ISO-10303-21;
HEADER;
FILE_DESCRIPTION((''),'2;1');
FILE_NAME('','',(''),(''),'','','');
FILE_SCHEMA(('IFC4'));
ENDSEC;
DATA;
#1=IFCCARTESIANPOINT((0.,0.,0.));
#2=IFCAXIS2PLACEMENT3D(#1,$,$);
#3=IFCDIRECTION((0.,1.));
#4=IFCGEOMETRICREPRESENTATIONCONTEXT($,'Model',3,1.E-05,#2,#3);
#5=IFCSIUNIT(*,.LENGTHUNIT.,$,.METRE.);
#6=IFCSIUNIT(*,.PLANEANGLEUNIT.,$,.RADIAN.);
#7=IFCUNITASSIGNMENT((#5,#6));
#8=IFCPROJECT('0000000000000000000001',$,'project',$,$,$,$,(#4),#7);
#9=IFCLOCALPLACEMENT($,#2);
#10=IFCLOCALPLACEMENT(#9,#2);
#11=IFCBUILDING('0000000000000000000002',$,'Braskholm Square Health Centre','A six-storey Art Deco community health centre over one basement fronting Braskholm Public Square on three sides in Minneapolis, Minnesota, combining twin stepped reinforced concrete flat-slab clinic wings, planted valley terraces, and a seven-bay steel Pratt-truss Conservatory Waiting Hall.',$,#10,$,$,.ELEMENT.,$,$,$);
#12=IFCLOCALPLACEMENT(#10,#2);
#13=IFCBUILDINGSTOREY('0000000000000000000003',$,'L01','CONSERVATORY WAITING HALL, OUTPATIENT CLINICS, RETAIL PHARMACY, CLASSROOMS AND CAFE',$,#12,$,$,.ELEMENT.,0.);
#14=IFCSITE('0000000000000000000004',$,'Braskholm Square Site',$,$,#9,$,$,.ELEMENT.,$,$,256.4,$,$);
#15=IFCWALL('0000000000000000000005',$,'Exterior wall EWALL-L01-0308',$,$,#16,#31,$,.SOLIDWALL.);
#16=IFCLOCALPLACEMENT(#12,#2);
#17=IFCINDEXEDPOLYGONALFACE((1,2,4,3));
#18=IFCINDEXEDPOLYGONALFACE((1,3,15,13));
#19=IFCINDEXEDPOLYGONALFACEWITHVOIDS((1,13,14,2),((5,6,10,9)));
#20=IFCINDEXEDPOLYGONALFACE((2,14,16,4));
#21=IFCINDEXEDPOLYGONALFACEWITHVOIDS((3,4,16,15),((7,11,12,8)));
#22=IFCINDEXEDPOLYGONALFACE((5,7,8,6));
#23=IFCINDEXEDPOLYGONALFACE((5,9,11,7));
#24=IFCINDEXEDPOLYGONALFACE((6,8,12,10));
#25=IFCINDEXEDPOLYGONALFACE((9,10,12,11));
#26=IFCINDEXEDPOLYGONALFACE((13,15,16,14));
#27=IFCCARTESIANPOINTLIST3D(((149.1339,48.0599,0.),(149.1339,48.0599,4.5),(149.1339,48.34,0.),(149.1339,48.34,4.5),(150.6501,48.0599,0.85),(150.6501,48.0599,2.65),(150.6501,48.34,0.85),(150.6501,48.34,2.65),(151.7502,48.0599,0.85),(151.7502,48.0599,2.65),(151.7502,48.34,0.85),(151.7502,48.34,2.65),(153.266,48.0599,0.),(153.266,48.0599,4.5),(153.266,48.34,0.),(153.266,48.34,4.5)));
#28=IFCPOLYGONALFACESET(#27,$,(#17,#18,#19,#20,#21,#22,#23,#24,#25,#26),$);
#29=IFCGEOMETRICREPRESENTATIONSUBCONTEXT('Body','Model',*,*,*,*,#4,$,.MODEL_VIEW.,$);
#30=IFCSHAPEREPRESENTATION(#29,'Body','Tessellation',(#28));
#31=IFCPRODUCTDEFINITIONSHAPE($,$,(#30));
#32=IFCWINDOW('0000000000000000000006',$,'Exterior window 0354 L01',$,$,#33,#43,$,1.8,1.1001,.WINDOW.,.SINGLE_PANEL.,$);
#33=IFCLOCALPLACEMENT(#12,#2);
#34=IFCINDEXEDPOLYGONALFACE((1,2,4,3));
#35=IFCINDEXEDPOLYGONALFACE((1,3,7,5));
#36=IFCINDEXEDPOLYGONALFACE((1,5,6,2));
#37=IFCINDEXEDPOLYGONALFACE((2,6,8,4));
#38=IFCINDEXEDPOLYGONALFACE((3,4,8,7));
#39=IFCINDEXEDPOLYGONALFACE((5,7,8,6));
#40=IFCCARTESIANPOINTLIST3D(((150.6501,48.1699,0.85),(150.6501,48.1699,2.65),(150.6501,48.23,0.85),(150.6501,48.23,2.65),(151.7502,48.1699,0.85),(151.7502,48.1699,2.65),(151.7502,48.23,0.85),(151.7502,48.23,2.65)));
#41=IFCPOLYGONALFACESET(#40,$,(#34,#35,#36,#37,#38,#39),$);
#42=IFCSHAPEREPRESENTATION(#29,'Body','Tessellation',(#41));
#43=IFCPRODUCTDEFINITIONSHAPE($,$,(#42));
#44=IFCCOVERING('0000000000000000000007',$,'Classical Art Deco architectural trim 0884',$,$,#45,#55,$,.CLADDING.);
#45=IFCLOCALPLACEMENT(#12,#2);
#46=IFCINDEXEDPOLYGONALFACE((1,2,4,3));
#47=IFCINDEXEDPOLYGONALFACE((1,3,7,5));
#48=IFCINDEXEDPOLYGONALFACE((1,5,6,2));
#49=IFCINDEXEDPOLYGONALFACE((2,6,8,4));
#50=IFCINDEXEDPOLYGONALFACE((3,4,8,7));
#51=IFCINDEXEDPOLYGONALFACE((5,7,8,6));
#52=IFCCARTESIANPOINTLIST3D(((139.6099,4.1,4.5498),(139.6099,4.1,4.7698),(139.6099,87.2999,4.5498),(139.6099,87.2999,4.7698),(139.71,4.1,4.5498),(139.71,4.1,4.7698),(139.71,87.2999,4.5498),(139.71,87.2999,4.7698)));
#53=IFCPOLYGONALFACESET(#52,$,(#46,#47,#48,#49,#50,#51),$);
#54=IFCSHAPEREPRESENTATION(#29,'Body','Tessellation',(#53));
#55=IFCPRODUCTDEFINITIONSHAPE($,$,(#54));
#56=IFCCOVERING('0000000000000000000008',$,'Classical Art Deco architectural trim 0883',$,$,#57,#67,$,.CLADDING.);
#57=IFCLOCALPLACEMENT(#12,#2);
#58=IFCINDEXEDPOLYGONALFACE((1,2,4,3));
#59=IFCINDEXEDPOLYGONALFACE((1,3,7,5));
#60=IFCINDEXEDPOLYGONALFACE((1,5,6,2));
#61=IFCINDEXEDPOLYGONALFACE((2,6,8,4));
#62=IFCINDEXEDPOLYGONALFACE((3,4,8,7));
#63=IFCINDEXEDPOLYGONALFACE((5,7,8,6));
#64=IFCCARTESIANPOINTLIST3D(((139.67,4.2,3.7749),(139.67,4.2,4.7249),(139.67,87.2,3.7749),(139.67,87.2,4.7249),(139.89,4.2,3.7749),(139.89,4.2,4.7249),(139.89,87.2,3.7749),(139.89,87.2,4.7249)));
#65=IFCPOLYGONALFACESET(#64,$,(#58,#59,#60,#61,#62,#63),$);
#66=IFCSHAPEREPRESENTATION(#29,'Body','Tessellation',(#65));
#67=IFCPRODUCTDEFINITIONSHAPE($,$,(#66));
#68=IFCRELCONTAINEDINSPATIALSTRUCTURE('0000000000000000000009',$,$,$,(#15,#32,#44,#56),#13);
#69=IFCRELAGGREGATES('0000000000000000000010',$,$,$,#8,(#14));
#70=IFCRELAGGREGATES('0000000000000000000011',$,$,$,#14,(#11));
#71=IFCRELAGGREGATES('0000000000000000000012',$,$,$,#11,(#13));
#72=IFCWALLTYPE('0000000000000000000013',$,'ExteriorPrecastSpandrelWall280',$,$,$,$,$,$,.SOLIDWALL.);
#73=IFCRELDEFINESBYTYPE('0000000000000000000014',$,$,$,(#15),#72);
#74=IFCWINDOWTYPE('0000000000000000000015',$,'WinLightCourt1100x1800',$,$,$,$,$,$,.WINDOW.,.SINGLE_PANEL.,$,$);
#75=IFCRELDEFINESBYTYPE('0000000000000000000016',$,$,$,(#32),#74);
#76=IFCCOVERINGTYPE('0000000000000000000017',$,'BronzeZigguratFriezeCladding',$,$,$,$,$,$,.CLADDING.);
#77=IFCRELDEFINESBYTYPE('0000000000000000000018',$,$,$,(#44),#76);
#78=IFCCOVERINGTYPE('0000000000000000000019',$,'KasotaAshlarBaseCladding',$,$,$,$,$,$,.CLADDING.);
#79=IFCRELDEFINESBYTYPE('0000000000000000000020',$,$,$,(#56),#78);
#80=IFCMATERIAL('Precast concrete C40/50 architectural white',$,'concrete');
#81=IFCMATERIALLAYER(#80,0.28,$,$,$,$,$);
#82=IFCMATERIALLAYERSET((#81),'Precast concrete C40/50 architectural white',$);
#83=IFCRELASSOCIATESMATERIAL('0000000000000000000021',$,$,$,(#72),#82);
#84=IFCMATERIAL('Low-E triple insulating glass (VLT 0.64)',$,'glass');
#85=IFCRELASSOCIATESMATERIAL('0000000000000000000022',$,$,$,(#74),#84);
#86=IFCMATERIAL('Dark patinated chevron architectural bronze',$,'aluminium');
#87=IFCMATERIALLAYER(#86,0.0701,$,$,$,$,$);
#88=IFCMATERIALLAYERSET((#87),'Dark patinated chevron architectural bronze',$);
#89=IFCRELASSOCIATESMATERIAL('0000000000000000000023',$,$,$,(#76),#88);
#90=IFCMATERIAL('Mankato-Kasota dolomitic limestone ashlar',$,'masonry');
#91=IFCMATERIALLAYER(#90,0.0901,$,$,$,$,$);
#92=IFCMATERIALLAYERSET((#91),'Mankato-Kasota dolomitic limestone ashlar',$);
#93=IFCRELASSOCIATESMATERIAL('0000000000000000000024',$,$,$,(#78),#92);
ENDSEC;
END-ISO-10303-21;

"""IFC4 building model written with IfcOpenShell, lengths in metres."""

from ifc_helpers import new_model, si_unit, direction, frame, frame_2d, origin, origin_with_axes, origin_2d, place, context, subcontext, project, spatial, rectangle, extrude, material, layer, layer_set, type_object, element, fill, save


model = new_model("IFC4")

# Units and contexts
model_context = context("Model", 3, precision=1e-05, world=origin(), true_north=direction((0.0, 1.0)))
body_context = subcontext(model_context, "Body", "Model", "MODEL_VIEW")
ifc_project = project(units=[si_unit("LENGTHUNIT", "METRE"), si_unit("PLANEANGLEUNIT", "RADIAN")], contexts=[model_context])

# Site, building, storey
site_placement = place(None, origin())
site = spatial("IfcSite", under=ifc_project, at=site_placement, Name="Braskholm Square Site", CompositionType="ELEMENT", RefElevation=256.4)
building_placement = place(site_placement, origin())
building = spatial("IfcBuilding", under=site, at=building_placement, Name="Braskholm Square Health Centre", Description="A six-storey Art Deco community health centre over one basement fronting Braskholm Public Square on three sides in Minneapolis, Minnesota, combining twin stepped reinforced concrete flat-slab clinic wings, planted valley terraces, and a seven-bay steel Pratt-truss Conservatory Waiting Hall.", CompositionType="ELEMENT")
storey_placement = place(building_placement, origin())
storey = spatial("IfcBuildingStorey", under=building, at=storey_placement, Name="L01", Description="CONSERVATORY WAITING HALL, OUTPATIENT CLINICS, RETAIL PHARMACY, CLASSROOMS AND CAFE", CompositionType="ELEMENT", Elevation=0.0)

# Shared definitions
ifc_material_1 = material(Name="Precast concrete C40/50 architectural white", Category="concrete")

# Shared definitions
ifc_material_2 = material(Name="Low-E triple insulating glass (VLT 0.64)", Category="glass")

# Shared definitions
ifc_material_3 = material(Name="Mankato-Kasota dolomitic limestone ashlar", Category="masonry")

# Wall, opening, window
ifc_layer_1 = layer(ifc_material_1, 0.28)
ifc_layer_set_1 = layer_set([ifc_layer_1], Name="Precast concrete C40/50 architectural white")
wall_type_1 = type_object("IfcWallType", Name="ExteriorPrecastSpandrelWall280", PredefinedType="SOLIDWALL", material=ifc_layer_set_1)
wall_1_placement = place(storey_placement, frame((149.134, 48.2, 0.0), z_axis=(0.0, 0.0, 1.0), x_axis=(1.0, 0.0, 0.0)))
wall_1 = element("IfcWall", 1, at=wall_1_placement, inside=storey, type_object=wall_type_1, Name="Exterior wall EWALL-L01-0308", PredefinedType="SOLIDWALL", context=body_context, shape_type="SweptSolid", body=[
    extrude(rectangle(XDim=4.1321, YDim=0.28, at=frame_2d((2.0659, 0.0))), origin(), (0.0, 0.0, 1.0), 4.5),
])
opening_1_placement = place(wall_1_placement, frame((1.5161, 0.0, 0.8501)))
opening_1 = element("IfcOpeningElement", 2, at=opening_1_placement, cuts=wall_1, PredefinedType="OPENING", context=body_context, shape_type="SweptSolid", body=[
    extrude(rectangle(XDim=1.1001, YDim=1.8, at=frame_2d((0.55, 0.8999))), frame((0.0, 0.1499, 0.0), z_axis=(0.0, -1.0, 0.0), x_axis=(1.0, 0.0, 0.0)), (0.0, 0.0, 1.0), 0.3),
])
window_type_1 = type_object("IfcWindowType", Name="WinLightCourt1100x1800", PartitioningType="SINGLE_PANEL", PredefinedType="WINDOW", material=ifc_material_2)
window_1_placement = place(opening_1_placement, origin_with_axes())
window_1 = element("IfcWindow", 3, at=window_1_placement, inside=storey, type_object=window_type_1, Name="Exterior window 0354 L01", OverallHeight=1.8, OverallWidth=1.1001, PartitioningType="SINGLE_PANEL", PredefinedType="WINDOW", context=body_context, shape_type="SweptSolid", body=[
    extrude(rectangle(XDim=1.1001, YDim=1.8, at=frame_2d((0.55, 0.8999))), frame((0.0, 0.03, 0.0), z_axis=(0.0, -1.0, 0.0), x_axis=(1.0, 0.0, 0.0)), (0.0, 0.0, 1.0), 0.0601),
])
fill(opening_1, window_1)

# Coverings
ifc_material_4 = material(Name="Dark patinated chevron architectural bronze", Category="aluminium")
ifc_layer_2 = layer(ifc_material_4, 0.0701)
ifc_layer_set_2 = layer_set([ifc_layer_2], Name="Dark patinated chevron architectural bronze")
covering_type_1 = type_object("IfcCoveringType", Name="BronzeZigguratFriezeCladding", PredefinedType="CLADDING", material=ifc_layer_set_2)
covering_1_placement = place(storey_placement, frame((139.6599, 45.7, 4.5498), z_axis=(0.0, 0.0, 1.0), x_axis=(1.0, 0.0, 0.0)))
element("IfcCovering", 4, at=covering_1_placement, inside=storey, type_object=covering_type_1, Name="Classical Art Deco architectural trim 0884", PredefinedType="CLADDING", context=body_context, shape_type="SweptSolid", body=[
    extrude(rectangle(XDim=0.1001, YDim=83.2, at=origin_2d()), origin(), (0.0, 0.0, 1.0), 0.22),
])
ifc_layer_3 = layer(ifc_material_3, 0.0901)
ifc_layer_set_3 = layer_set([ifc_layer_3], Name="Mankato-Kasota dolomitic limestone ashlar")
covering_type_2 = type_object("IfcCoveringType", Name="KasotaAshlarBaseCladding", PredefinedType="CLADDING", material=ifc_layer_set_3)
covering_2_placement = place(storey_placement, frame((139.78, 45.7, 3.7749), z_axis=(0.0, 0.0, 1.0), x_axis=(1.0, 0.0, 0.0)))
element("IfcCovering", 5, at=covering_2_placement, inside=storey, type_object=covering_type_2, Name="Classical Art Deco architectural trim 0883", PredefinedType="CLADDING", context=body_context, shape_type="SweptSolid", body=[
    extrude(rectangle(XDim=0.22, YDim=83.0, at=origin_2d()), origin(), (0.0, 0.0, 1.0), 0.95),
])

save(model, "model.ifc")
